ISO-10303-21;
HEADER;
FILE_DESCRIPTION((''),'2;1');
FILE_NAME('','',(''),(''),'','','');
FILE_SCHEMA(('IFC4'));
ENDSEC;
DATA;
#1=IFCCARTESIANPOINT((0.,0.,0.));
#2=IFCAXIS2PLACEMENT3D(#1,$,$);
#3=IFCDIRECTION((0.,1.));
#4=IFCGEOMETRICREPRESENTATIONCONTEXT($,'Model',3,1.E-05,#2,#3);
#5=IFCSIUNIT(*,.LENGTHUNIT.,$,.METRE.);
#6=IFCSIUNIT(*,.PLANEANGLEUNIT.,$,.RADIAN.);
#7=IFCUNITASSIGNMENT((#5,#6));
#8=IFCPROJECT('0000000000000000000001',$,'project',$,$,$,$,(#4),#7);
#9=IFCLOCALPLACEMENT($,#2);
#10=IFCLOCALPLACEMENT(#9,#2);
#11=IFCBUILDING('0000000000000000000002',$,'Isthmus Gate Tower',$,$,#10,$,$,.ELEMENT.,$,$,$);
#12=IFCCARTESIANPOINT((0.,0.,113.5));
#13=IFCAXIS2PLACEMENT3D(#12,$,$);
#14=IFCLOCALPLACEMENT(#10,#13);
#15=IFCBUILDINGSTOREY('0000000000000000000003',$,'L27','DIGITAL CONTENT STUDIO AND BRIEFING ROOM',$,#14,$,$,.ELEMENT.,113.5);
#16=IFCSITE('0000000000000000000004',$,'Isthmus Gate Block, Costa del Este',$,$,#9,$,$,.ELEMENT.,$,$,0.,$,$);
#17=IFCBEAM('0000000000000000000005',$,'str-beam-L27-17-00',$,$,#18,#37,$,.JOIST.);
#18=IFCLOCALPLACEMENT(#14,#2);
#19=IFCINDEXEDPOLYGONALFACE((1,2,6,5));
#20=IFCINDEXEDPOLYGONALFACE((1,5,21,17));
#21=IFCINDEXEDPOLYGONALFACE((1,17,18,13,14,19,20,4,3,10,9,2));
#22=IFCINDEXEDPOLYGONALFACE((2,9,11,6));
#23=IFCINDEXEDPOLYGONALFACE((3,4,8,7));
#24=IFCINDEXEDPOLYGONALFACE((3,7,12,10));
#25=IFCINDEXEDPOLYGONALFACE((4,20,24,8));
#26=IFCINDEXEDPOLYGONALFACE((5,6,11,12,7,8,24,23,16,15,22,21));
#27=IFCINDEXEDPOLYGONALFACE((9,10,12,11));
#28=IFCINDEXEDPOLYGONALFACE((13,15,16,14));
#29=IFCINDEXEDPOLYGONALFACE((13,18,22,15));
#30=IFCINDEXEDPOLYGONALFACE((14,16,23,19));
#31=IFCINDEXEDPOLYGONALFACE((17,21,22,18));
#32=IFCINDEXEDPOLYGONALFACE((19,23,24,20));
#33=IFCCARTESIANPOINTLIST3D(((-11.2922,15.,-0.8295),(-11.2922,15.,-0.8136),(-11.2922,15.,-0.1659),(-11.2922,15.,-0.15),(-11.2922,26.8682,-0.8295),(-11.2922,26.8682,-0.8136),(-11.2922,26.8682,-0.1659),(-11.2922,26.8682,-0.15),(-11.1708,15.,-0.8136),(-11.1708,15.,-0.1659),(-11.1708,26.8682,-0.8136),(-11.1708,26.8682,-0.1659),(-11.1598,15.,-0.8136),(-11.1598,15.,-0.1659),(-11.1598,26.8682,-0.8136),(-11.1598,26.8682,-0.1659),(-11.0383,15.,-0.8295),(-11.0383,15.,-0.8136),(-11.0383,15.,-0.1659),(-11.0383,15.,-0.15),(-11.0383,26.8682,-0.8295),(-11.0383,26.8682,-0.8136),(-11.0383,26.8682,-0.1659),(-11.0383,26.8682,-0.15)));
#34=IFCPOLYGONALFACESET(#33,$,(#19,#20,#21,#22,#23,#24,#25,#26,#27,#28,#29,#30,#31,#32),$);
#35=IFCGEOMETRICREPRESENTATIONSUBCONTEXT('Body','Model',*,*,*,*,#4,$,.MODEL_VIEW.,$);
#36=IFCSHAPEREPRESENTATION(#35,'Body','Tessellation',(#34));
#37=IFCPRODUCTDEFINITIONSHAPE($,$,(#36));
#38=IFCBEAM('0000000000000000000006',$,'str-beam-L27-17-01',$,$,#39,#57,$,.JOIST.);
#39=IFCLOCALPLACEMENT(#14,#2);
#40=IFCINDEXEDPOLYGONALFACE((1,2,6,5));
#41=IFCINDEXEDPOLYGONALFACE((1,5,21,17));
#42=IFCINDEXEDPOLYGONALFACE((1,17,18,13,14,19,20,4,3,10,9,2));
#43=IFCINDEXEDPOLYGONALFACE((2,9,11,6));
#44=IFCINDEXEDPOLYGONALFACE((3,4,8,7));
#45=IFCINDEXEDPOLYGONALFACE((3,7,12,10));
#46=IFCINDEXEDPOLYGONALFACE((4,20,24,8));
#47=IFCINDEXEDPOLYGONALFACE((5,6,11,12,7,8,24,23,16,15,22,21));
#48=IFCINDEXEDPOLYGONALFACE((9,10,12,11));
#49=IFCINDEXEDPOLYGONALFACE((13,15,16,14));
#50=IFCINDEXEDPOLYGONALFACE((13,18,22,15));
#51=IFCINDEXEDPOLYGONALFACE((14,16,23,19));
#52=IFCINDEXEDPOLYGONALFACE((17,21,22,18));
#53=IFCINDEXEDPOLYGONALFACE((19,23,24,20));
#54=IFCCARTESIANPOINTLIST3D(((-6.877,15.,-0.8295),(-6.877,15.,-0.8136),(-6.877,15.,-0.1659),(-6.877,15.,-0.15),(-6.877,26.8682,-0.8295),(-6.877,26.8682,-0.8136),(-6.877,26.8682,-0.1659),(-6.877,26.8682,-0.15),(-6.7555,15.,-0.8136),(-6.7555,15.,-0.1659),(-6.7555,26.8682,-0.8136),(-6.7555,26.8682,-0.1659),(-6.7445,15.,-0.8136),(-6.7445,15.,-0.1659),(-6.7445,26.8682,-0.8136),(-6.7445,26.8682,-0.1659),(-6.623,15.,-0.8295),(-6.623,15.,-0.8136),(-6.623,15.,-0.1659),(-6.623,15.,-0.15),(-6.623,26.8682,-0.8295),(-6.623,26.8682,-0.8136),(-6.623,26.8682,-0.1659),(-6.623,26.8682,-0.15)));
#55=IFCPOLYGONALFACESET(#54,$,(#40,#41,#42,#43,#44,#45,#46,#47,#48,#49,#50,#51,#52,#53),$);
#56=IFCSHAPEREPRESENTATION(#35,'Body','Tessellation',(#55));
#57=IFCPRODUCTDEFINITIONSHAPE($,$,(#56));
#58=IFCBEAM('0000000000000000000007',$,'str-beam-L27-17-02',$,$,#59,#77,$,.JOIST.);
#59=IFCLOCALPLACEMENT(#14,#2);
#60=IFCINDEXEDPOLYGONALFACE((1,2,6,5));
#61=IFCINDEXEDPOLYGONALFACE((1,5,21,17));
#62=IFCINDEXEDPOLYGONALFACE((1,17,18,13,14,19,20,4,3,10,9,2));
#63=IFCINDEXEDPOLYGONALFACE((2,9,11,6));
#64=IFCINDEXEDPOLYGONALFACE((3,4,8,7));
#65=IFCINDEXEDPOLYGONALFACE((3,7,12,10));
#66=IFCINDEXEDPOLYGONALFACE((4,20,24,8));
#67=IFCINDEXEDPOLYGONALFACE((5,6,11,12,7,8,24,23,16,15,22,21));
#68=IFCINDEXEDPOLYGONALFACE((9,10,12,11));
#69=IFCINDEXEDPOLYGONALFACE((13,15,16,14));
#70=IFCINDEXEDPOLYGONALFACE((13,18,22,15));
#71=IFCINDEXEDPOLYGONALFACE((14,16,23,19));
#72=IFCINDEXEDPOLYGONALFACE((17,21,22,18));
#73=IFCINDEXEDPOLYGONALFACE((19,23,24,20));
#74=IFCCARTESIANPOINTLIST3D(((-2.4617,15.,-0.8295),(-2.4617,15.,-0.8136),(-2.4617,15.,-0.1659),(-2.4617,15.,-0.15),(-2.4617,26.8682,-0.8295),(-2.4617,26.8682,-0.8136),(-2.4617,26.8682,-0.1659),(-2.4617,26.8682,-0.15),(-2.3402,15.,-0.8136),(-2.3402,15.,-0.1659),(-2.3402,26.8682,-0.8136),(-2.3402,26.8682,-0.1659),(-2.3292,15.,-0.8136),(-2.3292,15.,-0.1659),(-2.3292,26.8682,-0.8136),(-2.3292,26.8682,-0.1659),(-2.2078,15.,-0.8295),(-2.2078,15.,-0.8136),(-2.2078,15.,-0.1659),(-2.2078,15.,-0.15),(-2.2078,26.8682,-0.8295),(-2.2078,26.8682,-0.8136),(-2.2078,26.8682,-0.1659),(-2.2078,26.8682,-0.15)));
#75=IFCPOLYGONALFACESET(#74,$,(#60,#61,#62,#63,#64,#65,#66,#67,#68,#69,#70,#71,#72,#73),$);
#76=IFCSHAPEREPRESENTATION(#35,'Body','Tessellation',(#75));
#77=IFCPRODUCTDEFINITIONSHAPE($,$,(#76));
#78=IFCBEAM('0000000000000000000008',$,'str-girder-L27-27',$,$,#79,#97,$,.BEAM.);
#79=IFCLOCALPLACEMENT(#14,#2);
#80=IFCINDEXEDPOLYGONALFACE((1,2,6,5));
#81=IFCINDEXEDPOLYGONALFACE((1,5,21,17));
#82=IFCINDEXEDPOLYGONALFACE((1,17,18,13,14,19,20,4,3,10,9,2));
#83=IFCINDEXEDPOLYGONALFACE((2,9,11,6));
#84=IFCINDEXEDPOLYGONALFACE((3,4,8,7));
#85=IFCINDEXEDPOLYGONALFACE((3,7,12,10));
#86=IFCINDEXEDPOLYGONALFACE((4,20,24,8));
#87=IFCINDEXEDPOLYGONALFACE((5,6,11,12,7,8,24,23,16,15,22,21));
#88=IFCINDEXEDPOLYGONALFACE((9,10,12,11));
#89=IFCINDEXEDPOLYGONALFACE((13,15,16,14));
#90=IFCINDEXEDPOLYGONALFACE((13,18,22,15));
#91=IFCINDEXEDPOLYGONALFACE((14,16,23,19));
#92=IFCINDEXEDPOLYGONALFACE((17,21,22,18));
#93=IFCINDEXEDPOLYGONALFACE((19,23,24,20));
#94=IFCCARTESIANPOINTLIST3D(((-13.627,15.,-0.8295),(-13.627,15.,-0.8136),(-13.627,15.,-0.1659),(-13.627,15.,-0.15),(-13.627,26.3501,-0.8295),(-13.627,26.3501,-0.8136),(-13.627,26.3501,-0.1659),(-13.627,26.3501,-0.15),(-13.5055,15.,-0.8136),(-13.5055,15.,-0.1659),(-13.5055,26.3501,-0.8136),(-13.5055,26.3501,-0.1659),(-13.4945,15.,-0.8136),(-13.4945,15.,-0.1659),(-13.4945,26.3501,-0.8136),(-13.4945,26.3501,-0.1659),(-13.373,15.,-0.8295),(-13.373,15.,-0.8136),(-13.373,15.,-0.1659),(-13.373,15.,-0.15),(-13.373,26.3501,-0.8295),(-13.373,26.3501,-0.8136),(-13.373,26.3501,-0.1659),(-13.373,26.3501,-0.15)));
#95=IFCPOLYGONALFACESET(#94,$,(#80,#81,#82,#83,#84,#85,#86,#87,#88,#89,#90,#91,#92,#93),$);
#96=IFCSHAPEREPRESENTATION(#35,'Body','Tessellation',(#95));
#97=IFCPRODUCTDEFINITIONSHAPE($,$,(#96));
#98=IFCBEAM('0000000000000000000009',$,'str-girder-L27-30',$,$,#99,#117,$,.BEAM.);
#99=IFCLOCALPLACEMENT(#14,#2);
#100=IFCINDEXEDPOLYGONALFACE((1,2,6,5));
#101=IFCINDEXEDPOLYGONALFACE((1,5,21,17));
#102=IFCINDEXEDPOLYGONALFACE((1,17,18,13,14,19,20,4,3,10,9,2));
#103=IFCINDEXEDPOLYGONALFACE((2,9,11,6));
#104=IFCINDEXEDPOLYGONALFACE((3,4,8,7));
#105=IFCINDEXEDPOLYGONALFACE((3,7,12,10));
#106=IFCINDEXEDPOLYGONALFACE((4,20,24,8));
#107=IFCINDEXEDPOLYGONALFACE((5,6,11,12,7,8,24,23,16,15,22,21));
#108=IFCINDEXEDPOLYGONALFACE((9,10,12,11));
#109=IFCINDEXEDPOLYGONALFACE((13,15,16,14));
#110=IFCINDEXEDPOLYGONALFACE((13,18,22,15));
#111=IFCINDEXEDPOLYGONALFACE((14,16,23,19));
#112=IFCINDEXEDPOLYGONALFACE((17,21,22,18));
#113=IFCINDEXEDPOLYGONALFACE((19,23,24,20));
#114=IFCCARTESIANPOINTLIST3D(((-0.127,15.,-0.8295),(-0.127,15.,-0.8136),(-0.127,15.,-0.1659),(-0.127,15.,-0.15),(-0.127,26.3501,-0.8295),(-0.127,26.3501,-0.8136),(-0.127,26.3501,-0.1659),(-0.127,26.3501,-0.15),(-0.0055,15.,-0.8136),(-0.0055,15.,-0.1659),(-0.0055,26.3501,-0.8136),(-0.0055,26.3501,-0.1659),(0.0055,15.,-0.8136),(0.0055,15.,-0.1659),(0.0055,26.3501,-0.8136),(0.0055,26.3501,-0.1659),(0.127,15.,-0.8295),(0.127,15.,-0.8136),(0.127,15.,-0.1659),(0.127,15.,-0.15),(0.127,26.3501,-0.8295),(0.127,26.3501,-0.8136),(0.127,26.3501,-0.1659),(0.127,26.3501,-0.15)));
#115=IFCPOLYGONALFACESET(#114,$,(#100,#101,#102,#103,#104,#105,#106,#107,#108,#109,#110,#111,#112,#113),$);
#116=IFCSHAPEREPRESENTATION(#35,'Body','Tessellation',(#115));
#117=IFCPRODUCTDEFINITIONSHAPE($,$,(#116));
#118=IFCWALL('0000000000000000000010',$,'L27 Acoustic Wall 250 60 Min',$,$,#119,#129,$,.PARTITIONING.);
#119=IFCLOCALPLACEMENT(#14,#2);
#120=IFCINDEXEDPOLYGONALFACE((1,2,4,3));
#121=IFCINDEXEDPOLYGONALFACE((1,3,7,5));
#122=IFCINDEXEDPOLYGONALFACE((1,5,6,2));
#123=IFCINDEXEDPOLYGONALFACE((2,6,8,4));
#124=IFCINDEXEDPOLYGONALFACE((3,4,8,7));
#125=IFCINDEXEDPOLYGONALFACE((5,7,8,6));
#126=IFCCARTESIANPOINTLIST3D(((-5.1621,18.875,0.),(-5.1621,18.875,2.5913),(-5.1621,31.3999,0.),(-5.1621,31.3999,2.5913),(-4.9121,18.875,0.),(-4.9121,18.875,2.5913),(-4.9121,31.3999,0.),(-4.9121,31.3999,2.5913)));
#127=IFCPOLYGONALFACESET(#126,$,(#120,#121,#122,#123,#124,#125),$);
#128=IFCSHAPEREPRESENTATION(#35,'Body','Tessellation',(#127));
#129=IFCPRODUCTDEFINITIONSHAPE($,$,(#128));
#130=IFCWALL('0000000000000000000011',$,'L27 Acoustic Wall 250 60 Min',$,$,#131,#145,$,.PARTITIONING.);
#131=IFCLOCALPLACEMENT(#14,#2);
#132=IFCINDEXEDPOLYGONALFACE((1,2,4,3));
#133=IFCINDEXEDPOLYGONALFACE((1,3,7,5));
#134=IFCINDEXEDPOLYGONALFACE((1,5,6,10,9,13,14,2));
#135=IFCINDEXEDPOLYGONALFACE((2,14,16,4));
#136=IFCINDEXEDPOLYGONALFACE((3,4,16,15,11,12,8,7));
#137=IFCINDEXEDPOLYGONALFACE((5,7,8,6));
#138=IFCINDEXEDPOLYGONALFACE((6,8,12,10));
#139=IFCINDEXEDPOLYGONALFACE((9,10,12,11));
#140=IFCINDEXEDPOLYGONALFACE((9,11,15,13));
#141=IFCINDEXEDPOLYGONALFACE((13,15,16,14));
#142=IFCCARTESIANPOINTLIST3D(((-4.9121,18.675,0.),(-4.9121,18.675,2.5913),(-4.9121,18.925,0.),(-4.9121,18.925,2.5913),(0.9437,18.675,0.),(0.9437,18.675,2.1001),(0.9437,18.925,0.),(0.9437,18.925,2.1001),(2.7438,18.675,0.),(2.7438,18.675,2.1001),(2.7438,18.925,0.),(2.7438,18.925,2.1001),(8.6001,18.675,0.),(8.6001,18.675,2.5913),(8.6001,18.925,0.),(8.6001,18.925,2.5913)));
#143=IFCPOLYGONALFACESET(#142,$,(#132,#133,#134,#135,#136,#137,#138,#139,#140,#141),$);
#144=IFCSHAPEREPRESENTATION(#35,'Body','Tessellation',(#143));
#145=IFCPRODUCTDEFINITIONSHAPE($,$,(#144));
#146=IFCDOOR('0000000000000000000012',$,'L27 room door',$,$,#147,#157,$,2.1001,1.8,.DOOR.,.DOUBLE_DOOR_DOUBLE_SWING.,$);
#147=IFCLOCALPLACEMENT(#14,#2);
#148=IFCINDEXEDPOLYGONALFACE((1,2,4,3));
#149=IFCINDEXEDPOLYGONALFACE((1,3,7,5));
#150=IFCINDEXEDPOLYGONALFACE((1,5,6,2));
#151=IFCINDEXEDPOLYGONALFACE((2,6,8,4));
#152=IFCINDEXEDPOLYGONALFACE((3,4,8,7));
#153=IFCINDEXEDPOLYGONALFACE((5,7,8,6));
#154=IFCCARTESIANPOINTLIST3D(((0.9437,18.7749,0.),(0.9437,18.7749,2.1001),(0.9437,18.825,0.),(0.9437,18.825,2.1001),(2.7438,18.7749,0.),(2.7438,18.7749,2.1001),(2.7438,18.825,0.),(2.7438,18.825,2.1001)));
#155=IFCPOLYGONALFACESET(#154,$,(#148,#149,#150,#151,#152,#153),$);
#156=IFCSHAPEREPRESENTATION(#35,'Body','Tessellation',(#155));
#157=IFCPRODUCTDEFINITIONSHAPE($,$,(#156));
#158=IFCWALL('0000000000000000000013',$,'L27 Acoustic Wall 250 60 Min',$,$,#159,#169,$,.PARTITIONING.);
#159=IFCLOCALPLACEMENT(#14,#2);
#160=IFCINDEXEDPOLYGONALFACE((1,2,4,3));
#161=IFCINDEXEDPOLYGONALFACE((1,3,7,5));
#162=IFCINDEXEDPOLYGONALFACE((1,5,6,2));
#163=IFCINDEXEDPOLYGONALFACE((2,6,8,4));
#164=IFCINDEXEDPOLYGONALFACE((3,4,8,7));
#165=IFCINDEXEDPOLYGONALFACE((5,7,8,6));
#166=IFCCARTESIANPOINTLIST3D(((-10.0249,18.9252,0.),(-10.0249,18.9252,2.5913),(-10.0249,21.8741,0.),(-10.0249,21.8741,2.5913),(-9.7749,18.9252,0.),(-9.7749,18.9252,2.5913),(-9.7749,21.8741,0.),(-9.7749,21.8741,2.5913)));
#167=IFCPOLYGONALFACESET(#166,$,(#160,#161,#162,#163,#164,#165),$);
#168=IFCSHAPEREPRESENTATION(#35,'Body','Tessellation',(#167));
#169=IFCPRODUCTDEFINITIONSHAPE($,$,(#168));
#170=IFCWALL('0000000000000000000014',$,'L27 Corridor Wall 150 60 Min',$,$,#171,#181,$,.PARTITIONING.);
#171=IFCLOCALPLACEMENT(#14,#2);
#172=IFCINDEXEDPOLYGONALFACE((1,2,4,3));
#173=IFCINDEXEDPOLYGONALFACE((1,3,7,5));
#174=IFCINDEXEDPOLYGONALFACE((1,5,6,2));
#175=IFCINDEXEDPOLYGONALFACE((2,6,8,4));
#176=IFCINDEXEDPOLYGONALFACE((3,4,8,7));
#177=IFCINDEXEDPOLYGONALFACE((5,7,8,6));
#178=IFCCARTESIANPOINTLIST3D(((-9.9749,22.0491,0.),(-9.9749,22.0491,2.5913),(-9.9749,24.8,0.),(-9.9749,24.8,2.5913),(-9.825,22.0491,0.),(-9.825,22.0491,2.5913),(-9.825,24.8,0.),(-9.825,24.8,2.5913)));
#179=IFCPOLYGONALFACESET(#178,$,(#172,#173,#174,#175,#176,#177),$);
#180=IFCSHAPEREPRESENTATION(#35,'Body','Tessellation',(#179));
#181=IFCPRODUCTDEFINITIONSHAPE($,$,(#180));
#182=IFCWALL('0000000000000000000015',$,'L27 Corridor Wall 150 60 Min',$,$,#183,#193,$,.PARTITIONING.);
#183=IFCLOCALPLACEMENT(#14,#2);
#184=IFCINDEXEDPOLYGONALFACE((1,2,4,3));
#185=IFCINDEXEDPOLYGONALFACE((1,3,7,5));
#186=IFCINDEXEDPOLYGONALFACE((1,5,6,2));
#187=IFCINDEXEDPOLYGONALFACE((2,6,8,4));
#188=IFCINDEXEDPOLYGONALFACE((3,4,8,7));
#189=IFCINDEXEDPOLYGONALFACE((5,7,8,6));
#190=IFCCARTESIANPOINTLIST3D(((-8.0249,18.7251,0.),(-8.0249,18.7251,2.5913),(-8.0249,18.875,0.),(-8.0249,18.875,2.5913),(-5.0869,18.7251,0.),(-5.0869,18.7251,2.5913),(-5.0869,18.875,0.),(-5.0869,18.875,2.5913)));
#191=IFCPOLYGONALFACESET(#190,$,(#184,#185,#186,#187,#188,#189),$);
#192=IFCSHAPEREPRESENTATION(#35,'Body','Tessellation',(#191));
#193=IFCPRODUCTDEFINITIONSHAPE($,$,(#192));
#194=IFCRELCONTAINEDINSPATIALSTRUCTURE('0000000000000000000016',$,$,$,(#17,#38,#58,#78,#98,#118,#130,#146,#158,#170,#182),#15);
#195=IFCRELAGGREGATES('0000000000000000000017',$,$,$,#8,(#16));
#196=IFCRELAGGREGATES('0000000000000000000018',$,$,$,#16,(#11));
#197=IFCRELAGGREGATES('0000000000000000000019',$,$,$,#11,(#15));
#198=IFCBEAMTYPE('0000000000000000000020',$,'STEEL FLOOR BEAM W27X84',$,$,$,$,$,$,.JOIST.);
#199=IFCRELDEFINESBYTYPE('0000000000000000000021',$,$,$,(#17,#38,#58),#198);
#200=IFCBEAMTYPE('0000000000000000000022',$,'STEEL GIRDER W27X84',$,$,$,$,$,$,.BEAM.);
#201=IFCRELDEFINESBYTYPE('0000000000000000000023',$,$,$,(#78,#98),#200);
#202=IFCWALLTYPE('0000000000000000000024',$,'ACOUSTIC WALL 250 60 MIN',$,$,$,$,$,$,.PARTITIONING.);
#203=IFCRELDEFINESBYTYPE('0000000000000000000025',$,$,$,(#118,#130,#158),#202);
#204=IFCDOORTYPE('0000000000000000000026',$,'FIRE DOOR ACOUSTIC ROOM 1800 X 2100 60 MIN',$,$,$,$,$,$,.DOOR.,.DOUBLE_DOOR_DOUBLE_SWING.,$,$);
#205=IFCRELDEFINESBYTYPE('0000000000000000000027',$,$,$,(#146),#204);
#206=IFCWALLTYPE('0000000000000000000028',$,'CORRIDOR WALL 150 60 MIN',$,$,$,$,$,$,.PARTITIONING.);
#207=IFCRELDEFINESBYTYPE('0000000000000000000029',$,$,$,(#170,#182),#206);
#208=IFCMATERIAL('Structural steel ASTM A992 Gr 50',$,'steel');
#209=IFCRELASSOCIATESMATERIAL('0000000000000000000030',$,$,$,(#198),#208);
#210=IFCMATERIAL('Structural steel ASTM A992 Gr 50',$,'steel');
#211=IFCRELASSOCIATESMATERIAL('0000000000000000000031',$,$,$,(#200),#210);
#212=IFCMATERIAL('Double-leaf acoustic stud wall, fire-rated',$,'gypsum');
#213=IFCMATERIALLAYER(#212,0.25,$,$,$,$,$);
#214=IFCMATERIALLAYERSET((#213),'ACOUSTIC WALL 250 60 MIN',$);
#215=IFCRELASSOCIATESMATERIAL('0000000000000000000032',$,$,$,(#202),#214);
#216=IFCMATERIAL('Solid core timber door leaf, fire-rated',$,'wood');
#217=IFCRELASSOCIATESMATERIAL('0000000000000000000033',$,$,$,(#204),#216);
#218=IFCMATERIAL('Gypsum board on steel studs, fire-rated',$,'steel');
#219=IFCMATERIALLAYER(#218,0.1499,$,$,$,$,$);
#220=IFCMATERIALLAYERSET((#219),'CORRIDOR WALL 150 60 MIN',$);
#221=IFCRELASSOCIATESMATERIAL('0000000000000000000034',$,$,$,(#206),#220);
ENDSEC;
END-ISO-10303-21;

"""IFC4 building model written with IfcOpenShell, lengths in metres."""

from ifc_helpers import new_model, si_unit, direction, frame, frame_2d, origin, origin_2d, place, context, subcontext, project, spatial, rectangle, i_section, extrude, material, layer, layer_set, material_profile, profile_set, type_object, element, fill, save


model = new_model("IFC4")

# Units and contexts
model_context = context("Model", 3, precision=1e-05, world=origin(), true_north=direction((0.0, 1.0)))
body_context = subcontext(model_context, "Body", "Model", "MODEL_VIEW")
ifc_project = project(units=[si_unit("LENGTHUNIT", "METRE"), si_unit("PLANEANGLEUNIT", "RADIAN")], contexts=[model_context])

# Site, building, storey
site_placement = place(None, origin())
site = spatial("IfcSite", under=ifc_project, at=site_placement, Name="Isthmus Gate Block, Costa del Este", CompositionType="ELEMENT", RefElevation=0.0)
building_placement = place(site_placement, origin())
building = spatial("IfcBuilding", under=site, at=building_placement, Name="Isthmus Gate Tower", CompositionType="ELEMENT")
storey_placement = place(building_placement, frame((0.0, 0.0, 113.5)))
storey = spatial("IfcBuildingStorey", under=building, at=storey_placement, Name="L27", Description="DIGITAL CONTENT STUDIO AND BRIEFING ROOM", CompositionType="ELEMENT", Elevation=113.5)

# Beams
ifc_material_1 = material(Name="Structural steel ASTM A992 Gr 50", Category="steel")
ifc_material_profile_1 = material_profile(ifc_material_1, i_section(OverallWidth=0.2539, OverallDepth=0.6794, WebThickness=0.011, FlangeThickness=0.0159, at=origin_2d()), Name="W27X84")
ifc_profile_set_1 = profile_set([ifc_material_profile_1], Name="Structural steel ASTM A992 Gr 50")
beam_type_1 = type_object("IfcBeamType", Name="STEEL FLOOR BEAM W27X84", PredefinedType="JOIST", material=ifc_profile_set_1)
for number, where, z_axis, x_axis, name in (
    (1, (-11.1653, 15.0, -0.4897), (0.0, 1.0, 0.0), (-1.0, 0.0, 0.0), "str-beam-L27-17-00"),
    (2, (-6.75, 15.0, -0.4897), (0.0, 1.0, 0.0), (-1.0, 0.0, 0.0), "str-beam-L27-17-01"),
    (3, (-2.3347, 15.0, -0.4897), (0.0, 1.0, 0.0), (-1.0, 0.0, 0.0), "str-beam-L27-17-02"),
):
    element("IfcBeam", number, at=place(storey_placement, frame(where, z_axis=z_axis, x_axis=x_axis)), inside=storey, type_object=beam_type_1, Name=name, PredefinedType="JOIST", context=body_context, shape_type="SweptSolid", body=[
        extrude(i_section(OverallWidth=0.2539, OverallDepth=0.6794, WebThickness=0.011, FlangeThickness=0.0159, at=origin_2d()), origin(), (0.0, 0.0, 1.0), 11.8682),
    ])
ifc_material_2 = material(Name="Structural steel ASTM A992 Gr 50", Category="steel")
ifc_material_profile_2 = material_profile(ifc_material_2, i_section(OverallWidth=0.2539, OverallDepth=0.6794, WebThickness=0.011, FlangeThickness=0.0159, at=origin_2d()), Name="W27X84")
ifc_profile_set_2 = profile_set([ifc_material_profile_2], Name="Structural steel ASTM A992 Gr 50")
beam_type_2 = type_object("IfcBeamType", Name="STEEL GIRDER W27X84", PredefinedType="BEAM", material=ifc_profile_set_2)
for number, where, z_axis, x_axis, name in (
    (4, (-13.5, 15.0, -0.4897), (0.0, 1.0, 0.0), (-1.0, 0.0, 0.0), "str-girder-L27-27"),
    (5, (0.0, 15.0, -0.4897), (0.0, 1.0, 0.0), (-1.0, 0.0, 0.0), "str-girder-L27-30"),
):
    element("IfcBeam", number, at=place(storey_placement, frame(where, z_axis=z_axis, x_axis=x_axis)), inside=storey, type_object=beam_type_2, Name=name, PredefinedType="BEAM", context=body_context, shape_type="SweptSolid", body=[
        extrude(i_section(OverallWidth=0.2539, OverallDepth=0.6794, WebThickness=0.011, FlangeThickness=0.0159, at=origin_2d()), origin(), (0.0, 0.0, 1.0), 11.3501),
    ])

# Wall
ifc_material_3 = material(Name="Double-leaf acoustic stud wall, fire-rated", Category="gypsum")
ifc_layer_1 = layer(ifc_material_3, 0.25)
ifc_layer_set_1 = layer_set([ifc_layer_1], Name="ACOUSTIC WALL 250 60 MIN")
wall_type_1 = type_object("IfcWallType", Name="ACOUSTIC WALL 250 60 MIN", PredefinedType="PARTITIONING", material=ifc_layer_set_1)
wall_1_placement = place(storey_placement, frame((-5.0371, 18.875, 0.0), z_axis=(0.0, 0.0, 1.0), x_axis=(0.0, 1.0, 0.0)))
element("IfcWall", 6, at=wall_1_placement, inside=storey, type_object=wall_type_1, Name="L27 Acoustic Wall 250 60 Min", PredefinedType="PARTITIONING", context=body_context, shape_type="SweptSolid", body=[
    extrude(rectangle(XDim=12.5249, YDim=0.25, at=frame_2d((6.2625, 0.0))), origin(), (0.0, 0.0, 1.0), 2.5913),
])

# Wall, opening, door
wall_2_placement = place(storey_placement, frame((-4.9121, 18.8, 0.0), z_axis=(0.0, 0.0, 1.0), x_axis=(1.0, 0.0, 0.0)))
wall_2 = element("IfcWall", 7, at=wall_2_placement, inside=storey, type_object=wall_type_1, Name="L27 Acoustic Wall 250 60 Min", PredefinedType="PARTITIONING", context=body_context, shape_type="SweptSolid", body=[
    extrude(rectangle(XDim=13.5122, YDim=0.25, at=frame_2d((6.7561, 0.0))), origin(), (0.0, 0.0, 1.0), 2.5913),
])
opening_placement = place(wall_2_placement, frame((5.856, 0.0, 0.0)))
opening = element("IfcOpeningElement", 8, at=opening_placement, cuts=wall_2, PredefinedType="OPENING", context=body_context, shape_type="SweptSolid", body=[
    extrude(rectangle(XDim=1.8, YDim=2.1001, at=frame_2d((0.8999, 1.05))), frame((0.0, 0.135, 0.0), z_axis=(0.0, -1.0, 0.0), x_axis=(1.0, 0.0, 0.0)), (0.0, 0.0, 1.0), 0.27),
])
ifc_material_4 = material(Name="Solid core timber door leaf, fire-rated", Category="wood")
door_type = type_object("IfcDoorType", Name="FIRE DOOR ACOUSTIC ROOM 1800 X 2100 60 MIN", OperationType="DOUBLE_DOOR_DOUBLE_SWING", PredefinedType="DOOR", material=ifc_material_4)
door_placement = place(opening_placement, origin())
door = element("IfcDoor", 9, at=door_placement, inside=storey, type_object=door_type, Name="L27 room door", OperationType="DOUBLE_DOOR_DOUBLE_SWING", OverallHeight=2.1001, OverallWidth=1.8, PredefinedType="DOOR", context=body_context, shape_type="SweptSolid", body=[
    extrude(rectangle(XDim=1.8, YDim=2.1001, at=frame_2d((0.8999, 1.05))), frame((0.0, 0.0249, 0.0), z_axis=(0.0, -1.0, 0.0), x_axis=(1.0, 0.0, 0.0)), (0.0, 0.0, 1.0), 0.05),
])
fill(opening, door)

# Walls
wall_3_placement = place(storey_placement, frame((-9.8999, 18.925, 0.0), z_axis=(0.0, 0.0, 1.0), x_axis=(0.0, 1.0, 0.0)))
element("IfcWall", 10, at=wall_3_placement, inside=storey, type_object=wall_type_1, Name="L27 Acoustic Wall 250 60 Min", PredefinedType="PARTITIONING", context=body_context, shape_type="SweptSolid", body=[
    extrude(rectangle(XDim=2.949, YDim=0.25, at=frame_2d((1.4746, 0.0))), origin(), (0.0, 0.0, 1.0), 2.5913),
])
ifc_material_5 = material(Name="Gypsum board on steel studs, fire-rated", Category="steel")
ifc_layer_2 = layer(ifc_material_5, 0.1499)
ifc_layer_set_2 = layer_set([ifc_layer_2], Name="CORRIDOR WALL 150 60 MIN")
wall_type_2 = type_object("IfcWallType", Name="CORRIDOR WALL 150 60 MIN", PredefinedType="PARTITIONING", material=ifc_layer_set_2)
wall_4_placement = place(storey_placement, frame((-9.8999, 22.0491, 0.0), z_axis=(0.0, 0.0, 1.0), x_axis=(0.0, 1.0, 0.0)))
element("IfcWall", 11, at=wall_4_placement, inside=storey, type_object=wall_type_2, Name="L27 Corridor Wall 150 60 Min", PredefinedType="PARTITIONING", context=body_context, shape_type="SweptSolid", body=[
    extrude(rectangle(XDim=2.751, YDim=0.1499, at=frame_2d((1.3755, 0.0))), origin(), (0.0, 0.0, 1.0), 2.5913),
])
wall_5_placement = place(storey_placement, frame((-8.0249, 18.8, 0.0), z_axis=(0.0, 0.0, 1.0), x_axis=(1.0, 0.0, 0.0)))
element("IfcWall", 12, at=wall_5_placement, inside=storey, type_object=wall_type_2, Name="L27 Corridor Wall 150 60 Min", PredefinedType="PARTITIONING", context=body_context, shape_type="SweptSolid", body=[
    extrude(rectangle(XDim=2.938, YDim=0.1499, at=frame_2d((1.469, 0.0))), origin(), (0.0, 0.0, 1.0), 2.5913),
])

save(model, "model.ifc")
